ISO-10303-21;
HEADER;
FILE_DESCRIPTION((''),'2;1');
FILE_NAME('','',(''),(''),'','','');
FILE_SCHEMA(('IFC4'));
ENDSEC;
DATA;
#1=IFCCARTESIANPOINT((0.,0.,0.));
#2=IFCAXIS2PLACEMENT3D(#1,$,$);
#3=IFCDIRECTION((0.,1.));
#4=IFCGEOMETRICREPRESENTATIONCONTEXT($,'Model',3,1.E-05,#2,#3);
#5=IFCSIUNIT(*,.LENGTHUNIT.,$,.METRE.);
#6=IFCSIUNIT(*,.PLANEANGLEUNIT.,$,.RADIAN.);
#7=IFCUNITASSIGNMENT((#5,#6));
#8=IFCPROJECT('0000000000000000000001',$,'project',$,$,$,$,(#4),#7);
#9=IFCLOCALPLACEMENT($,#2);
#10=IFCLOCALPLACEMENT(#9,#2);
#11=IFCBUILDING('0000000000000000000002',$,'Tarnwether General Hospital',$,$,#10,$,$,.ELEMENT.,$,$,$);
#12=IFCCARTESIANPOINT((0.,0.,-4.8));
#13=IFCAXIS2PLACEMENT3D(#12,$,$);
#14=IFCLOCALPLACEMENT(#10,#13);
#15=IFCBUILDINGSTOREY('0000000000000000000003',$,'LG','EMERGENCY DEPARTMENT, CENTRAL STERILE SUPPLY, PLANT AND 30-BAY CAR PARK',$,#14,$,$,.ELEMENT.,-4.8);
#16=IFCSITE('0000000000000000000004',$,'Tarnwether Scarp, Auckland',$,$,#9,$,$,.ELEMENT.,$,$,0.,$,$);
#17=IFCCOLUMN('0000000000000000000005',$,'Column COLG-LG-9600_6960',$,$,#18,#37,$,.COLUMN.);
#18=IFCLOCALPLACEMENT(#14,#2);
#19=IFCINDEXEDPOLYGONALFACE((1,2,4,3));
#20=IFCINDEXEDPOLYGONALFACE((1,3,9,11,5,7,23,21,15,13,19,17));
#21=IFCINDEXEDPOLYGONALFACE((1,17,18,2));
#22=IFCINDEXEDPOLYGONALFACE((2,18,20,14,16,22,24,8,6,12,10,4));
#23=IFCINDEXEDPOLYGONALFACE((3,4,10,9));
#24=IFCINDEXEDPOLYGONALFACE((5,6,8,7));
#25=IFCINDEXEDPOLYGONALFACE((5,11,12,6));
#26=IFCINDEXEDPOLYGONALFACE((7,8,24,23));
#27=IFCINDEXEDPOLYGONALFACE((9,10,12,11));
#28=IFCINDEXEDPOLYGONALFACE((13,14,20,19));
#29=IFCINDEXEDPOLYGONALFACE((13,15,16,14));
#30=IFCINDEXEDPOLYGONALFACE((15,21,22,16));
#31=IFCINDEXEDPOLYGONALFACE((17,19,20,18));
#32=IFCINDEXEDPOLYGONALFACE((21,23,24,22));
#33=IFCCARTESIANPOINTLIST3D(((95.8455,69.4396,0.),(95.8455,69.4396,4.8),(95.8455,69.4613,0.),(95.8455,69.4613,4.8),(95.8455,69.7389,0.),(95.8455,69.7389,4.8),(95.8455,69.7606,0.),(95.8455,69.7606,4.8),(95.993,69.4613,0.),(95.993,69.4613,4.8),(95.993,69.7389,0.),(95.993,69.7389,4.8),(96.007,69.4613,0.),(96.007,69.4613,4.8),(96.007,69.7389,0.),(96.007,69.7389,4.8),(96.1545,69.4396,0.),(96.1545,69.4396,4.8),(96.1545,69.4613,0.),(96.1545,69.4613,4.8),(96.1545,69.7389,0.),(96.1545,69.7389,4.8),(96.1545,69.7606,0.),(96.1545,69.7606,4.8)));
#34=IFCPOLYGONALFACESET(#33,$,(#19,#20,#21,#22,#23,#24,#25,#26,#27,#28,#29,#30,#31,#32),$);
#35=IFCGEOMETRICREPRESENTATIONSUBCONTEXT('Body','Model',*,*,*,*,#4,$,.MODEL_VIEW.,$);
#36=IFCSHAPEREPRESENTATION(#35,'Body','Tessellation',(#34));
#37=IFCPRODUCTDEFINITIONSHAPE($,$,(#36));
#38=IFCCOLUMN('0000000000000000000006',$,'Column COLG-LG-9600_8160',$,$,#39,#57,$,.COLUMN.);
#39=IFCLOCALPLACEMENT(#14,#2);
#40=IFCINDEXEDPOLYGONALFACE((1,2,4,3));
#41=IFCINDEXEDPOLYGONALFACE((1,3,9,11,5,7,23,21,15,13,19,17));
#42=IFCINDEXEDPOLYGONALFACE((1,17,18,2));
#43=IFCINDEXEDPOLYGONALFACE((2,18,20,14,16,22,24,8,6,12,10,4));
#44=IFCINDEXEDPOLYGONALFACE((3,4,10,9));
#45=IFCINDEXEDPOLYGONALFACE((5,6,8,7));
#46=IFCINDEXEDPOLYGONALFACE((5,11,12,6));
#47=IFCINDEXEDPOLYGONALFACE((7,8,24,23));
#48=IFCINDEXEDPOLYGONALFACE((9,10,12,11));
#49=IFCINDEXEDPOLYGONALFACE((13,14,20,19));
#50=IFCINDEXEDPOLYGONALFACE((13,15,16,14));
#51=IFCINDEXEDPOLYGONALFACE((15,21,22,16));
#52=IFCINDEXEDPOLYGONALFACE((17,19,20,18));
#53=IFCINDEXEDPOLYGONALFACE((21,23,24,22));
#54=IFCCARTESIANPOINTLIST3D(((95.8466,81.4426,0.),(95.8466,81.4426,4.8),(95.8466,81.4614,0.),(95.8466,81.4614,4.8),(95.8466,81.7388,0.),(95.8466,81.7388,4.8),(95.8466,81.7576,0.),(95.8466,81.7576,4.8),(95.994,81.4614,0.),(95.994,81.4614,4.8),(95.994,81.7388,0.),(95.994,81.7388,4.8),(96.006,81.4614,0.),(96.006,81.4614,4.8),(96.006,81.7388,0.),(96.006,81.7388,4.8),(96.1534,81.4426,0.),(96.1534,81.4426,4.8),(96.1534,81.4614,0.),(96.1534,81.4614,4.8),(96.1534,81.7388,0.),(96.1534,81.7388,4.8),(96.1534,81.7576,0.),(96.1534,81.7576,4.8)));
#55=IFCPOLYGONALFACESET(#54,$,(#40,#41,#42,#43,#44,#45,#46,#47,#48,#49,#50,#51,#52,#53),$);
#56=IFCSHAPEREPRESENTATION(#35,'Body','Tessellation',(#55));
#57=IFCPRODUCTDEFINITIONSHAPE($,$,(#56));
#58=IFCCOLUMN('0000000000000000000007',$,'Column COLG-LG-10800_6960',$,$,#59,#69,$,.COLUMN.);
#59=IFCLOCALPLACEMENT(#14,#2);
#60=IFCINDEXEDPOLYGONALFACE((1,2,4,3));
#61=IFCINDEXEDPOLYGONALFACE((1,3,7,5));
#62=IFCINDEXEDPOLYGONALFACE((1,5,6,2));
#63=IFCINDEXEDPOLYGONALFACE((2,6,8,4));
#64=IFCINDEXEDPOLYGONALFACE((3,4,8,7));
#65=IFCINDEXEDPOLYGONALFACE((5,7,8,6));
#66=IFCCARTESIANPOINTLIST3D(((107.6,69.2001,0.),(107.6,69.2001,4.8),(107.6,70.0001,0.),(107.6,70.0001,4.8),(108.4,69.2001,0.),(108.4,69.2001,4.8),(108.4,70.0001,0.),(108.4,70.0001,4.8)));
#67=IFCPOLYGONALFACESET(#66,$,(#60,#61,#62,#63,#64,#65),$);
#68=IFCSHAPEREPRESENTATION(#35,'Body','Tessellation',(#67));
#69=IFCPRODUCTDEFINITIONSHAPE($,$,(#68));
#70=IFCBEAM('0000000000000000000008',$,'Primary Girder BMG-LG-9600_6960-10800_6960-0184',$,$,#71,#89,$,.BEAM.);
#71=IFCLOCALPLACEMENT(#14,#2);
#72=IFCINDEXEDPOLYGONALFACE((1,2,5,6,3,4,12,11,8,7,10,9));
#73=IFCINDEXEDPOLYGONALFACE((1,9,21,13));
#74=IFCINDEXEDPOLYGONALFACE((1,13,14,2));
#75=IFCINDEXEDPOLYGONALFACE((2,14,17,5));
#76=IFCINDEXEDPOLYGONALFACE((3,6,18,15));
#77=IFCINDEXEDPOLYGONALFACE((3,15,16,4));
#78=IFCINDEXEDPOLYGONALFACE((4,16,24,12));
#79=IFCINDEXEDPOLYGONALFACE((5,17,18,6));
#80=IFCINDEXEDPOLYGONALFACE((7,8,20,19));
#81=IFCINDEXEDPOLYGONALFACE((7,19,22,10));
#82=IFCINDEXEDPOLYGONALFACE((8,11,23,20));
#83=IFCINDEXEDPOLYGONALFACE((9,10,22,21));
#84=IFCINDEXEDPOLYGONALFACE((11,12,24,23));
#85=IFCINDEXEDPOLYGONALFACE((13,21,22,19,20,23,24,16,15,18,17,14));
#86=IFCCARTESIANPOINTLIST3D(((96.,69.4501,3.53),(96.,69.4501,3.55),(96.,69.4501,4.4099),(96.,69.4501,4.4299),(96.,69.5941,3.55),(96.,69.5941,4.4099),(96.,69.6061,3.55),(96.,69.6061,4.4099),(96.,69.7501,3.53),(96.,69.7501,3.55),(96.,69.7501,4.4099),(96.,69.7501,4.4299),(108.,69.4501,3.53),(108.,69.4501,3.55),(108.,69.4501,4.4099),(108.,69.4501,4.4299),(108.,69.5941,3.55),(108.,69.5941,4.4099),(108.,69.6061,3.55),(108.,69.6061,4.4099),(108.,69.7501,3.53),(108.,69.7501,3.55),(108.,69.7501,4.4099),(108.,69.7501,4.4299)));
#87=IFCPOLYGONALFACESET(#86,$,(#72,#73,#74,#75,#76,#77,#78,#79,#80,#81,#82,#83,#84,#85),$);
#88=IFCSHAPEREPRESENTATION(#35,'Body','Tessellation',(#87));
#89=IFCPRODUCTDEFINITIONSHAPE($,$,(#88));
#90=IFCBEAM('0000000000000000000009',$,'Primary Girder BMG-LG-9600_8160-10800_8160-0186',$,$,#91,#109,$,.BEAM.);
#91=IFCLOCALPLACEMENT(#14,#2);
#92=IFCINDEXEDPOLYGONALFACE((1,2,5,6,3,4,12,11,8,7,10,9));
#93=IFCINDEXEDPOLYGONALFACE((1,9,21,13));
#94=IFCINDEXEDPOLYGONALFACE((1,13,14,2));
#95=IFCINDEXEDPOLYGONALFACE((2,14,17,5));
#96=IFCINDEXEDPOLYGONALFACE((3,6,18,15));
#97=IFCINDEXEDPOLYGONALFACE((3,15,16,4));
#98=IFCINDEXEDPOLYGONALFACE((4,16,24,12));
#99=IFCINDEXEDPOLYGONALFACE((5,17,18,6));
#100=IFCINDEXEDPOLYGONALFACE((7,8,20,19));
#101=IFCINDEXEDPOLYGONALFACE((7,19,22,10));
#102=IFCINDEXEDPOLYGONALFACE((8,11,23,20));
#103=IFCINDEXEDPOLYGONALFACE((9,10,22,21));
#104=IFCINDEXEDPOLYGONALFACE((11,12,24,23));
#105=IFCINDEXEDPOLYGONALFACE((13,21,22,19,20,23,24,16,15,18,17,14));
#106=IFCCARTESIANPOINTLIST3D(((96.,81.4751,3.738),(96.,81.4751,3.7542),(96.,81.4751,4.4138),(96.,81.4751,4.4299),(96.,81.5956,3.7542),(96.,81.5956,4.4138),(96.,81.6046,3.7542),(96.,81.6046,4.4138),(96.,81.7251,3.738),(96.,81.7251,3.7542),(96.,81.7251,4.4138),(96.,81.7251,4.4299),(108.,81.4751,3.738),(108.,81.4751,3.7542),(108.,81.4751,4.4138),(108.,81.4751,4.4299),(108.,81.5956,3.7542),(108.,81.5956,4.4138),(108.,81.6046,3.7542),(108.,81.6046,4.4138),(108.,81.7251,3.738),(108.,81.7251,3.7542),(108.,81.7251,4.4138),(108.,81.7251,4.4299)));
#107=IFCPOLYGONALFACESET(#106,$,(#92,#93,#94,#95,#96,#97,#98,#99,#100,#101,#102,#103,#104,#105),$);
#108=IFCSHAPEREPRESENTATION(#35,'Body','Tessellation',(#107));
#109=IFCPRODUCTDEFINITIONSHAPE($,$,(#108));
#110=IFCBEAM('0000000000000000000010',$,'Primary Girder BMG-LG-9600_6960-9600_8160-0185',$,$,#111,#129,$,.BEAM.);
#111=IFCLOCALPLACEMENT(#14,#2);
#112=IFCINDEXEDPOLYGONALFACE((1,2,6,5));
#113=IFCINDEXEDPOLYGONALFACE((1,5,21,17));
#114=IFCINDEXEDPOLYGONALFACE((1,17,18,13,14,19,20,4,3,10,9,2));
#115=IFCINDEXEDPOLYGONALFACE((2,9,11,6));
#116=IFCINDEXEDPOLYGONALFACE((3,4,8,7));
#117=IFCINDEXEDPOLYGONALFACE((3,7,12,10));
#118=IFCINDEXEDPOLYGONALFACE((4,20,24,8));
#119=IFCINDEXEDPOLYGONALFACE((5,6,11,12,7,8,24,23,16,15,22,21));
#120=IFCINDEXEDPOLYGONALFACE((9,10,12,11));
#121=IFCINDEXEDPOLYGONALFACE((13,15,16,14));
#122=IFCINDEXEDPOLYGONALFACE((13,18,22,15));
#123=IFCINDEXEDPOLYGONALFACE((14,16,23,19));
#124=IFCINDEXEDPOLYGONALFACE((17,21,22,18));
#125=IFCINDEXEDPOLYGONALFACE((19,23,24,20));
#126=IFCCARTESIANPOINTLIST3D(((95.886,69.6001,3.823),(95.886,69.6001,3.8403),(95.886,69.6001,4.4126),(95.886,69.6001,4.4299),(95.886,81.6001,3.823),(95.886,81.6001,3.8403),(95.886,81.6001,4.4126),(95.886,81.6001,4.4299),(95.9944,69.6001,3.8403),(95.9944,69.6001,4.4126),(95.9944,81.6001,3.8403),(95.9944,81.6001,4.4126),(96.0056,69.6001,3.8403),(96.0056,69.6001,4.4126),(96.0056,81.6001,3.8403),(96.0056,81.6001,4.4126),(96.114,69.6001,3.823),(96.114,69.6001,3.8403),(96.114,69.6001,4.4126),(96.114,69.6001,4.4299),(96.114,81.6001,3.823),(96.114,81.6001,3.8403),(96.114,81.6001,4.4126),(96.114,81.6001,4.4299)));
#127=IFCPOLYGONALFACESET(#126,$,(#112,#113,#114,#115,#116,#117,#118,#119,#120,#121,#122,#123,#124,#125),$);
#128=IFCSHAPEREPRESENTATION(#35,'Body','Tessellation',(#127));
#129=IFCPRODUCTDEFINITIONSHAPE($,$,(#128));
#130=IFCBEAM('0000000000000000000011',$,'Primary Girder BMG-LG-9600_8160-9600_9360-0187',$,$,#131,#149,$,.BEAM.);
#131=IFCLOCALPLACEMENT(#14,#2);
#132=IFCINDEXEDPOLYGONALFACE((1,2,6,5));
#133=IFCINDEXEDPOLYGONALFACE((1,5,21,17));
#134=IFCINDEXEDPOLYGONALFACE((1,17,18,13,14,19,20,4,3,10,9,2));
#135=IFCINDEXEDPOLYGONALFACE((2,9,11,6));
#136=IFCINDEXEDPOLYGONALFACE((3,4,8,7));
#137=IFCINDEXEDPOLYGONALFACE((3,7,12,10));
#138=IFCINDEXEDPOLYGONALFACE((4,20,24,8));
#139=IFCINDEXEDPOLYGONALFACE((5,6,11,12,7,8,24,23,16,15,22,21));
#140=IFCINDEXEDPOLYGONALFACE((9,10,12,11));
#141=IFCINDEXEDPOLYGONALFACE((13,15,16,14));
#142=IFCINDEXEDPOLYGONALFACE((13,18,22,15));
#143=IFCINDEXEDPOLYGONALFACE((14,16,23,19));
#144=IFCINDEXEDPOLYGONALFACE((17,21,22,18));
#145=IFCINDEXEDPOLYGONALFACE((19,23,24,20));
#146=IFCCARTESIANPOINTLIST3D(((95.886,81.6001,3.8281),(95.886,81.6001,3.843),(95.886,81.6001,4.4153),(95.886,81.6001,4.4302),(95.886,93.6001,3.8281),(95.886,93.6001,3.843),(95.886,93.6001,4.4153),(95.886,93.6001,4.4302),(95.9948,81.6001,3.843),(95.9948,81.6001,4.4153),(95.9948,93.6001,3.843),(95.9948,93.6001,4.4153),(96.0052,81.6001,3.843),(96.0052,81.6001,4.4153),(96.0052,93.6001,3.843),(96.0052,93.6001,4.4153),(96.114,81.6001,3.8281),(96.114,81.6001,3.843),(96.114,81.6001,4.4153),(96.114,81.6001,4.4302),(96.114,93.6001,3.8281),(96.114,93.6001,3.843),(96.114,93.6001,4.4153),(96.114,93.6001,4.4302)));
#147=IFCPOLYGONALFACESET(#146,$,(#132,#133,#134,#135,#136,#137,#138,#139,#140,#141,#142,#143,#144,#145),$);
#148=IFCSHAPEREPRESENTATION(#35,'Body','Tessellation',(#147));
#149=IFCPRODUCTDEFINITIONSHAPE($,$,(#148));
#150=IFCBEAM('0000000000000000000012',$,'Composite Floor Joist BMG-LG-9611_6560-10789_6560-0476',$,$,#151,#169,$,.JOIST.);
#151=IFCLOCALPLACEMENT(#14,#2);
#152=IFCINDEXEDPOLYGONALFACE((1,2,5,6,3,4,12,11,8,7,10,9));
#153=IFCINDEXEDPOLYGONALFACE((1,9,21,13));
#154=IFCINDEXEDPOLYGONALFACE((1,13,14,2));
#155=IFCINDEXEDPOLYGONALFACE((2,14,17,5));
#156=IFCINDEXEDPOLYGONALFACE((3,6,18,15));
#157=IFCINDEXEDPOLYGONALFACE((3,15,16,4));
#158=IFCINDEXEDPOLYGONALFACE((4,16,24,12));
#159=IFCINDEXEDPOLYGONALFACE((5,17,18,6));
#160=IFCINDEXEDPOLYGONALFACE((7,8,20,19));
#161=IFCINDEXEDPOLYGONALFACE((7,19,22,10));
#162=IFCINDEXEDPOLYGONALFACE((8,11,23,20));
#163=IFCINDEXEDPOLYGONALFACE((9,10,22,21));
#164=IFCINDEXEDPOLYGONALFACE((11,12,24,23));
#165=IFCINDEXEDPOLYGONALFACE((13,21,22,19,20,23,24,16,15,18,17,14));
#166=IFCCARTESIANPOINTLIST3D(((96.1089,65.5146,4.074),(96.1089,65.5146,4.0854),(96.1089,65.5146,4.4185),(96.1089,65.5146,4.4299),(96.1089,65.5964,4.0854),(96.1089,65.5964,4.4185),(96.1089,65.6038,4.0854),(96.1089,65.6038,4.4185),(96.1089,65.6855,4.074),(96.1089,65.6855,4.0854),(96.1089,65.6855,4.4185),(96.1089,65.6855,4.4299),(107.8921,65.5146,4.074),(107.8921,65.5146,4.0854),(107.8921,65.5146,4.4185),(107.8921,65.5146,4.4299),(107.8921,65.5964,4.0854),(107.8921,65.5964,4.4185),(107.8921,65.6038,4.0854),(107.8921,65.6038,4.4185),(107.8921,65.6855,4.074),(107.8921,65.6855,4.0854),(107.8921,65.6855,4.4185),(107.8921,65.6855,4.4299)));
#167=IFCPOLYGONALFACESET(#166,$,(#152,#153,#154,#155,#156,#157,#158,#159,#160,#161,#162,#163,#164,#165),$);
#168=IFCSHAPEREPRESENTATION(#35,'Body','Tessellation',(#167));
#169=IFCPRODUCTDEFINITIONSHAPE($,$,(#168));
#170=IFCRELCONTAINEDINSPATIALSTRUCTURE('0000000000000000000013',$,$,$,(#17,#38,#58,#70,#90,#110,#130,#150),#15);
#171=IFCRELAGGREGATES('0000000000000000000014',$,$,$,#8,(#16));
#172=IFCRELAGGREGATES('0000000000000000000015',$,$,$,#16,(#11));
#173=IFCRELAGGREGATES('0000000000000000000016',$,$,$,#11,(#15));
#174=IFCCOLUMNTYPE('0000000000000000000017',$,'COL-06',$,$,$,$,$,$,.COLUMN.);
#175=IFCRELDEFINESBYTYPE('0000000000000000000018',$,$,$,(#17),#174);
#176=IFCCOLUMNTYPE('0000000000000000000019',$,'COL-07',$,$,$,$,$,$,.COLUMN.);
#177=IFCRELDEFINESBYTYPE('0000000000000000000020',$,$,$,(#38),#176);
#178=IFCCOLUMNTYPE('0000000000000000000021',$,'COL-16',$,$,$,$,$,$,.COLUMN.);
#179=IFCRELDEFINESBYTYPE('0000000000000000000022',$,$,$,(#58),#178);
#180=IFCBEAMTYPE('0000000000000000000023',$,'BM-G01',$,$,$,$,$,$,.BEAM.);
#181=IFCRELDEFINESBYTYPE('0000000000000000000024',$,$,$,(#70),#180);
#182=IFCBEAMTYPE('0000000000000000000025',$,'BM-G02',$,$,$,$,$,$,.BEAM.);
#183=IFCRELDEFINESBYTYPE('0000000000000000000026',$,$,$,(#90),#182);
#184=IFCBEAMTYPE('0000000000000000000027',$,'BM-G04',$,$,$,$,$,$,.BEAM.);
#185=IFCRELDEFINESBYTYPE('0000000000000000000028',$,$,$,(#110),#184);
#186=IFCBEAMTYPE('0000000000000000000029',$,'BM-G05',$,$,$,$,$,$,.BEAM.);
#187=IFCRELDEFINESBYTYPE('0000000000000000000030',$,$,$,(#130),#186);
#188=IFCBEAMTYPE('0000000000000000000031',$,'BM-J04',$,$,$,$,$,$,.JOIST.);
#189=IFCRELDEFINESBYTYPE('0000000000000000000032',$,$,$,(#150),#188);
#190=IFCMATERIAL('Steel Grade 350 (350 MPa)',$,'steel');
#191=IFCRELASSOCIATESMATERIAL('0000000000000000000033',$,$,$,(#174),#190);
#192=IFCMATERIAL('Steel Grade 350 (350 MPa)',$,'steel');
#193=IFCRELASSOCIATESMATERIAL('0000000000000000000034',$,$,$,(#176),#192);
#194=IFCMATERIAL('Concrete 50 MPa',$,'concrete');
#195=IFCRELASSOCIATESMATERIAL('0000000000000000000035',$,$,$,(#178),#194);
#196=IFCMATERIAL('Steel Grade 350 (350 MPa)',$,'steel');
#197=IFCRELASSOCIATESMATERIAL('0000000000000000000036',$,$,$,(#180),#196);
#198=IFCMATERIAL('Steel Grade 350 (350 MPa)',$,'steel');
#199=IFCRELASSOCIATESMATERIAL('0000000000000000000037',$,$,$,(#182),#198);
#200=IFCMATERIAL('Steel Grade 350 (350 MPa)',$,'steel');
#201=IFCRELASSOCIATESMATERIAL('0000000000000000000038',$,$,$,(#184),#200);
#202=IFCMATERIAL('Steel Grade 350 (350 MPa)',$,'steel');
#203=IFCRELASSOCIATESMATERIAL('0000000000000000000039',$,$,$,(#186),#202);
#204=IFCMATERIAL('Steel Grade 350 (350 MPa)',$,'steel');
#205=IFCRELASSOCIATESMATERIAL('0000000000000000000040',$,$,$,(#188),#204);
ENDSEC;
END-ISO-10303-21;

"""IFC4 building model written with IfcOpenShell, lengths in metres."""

from ifc_helpers import new_model, si_unit, direction, frame, origin, origin_2d, place, context, subcontext, project, spatial, rectangle, i_section, extrude, material, material_profile, profile_set, type_object, element, save


model = new_model("IFC4")

# Units and contexts
model_context = context("Model", 3, precision=1e-05, world=origin(), true_north=direction((0.0, 1.0)))
body_context = subcontext(model_context, "Body", "Model", "MODEL_VIEW")
ifc_project = project(units=[si_unit("LENGTHUNIT", "METRE"), si_unit("PLANEANGLEUNIT", "RADIAN")], contexts=[model_context])

# Site, building, storey
site_placement = place(None, origin())
site = spatial("IfcSite", under=ifc_project, at=site_placement, Name="Tarnwether Scarp, Auckland", CompositionType="ELEMENT", RefElevation=0.0)
building_placement = place(site_placement, origin())
building = spatial("IfcBuilding", under=site, at=building_placement, Name="Tarnwether General Hospital", CompositionType="ELEMENT")
storey_placement = place(building_placement, frame((0.0, 0.0, -4.8)))
storey = spatial("IfcBuildingStorey", under=building, at=storey_placement, Name="LG", Description="EMERGENCY DEPARTMENT, CENTRAL STERILE SUPPLY, PLANT AND 30-BAY CAR PARK", CompositionType="ELEMENT", Elevation=-4.8)

# Columns
ifc_material_1 = material(Name="Steel Grade 350 (350 MPa)", Category="steel")
ifc_material_profile_1 = material_profile(ifc_material_1, i_section(OverallWidth=0.3091, OverallDepth=0.321, WebThickness=0.0139, FlangeThickness=0.0217, at=origin_2d()), Name="310UC137")
ifc_profile_set_1 = profile_set([ifc_material_profile_1], Name="Steel Grade 350 (350 MPa)")
column_type_1 = type_object("IfcColumnType", Name="COL-06", PredefinedType="COLUMN", material=ifc_profile_set_1)
column_1_placement = place(storey_placement, frame((96.0, 69.6001, 0.0), z_axis=(0.0, 0.0, 1.0), x_axis=(1.0, 0.0, 0.0)))
element("IfcColumn", 1, at=column_1_placement, inside=storey, type_object=column_type_1, Name="Column COLG-LG-9600_6960", PredefinedType="COLUMN", context=body_context, shape_type="SweptSolid", body=[
    extrude(i_section(OverallWidth=0.3091, OverallDepth=0.321, WebThickness=0.0139, FlangeThickness=0.0217, at=origin_2d()), origin(), (0.0, 0.0, 1.0), 4.8),
])
ifc_material_2 = material(Name="Steel Grade 350 (350 MPa)", Category="steel")
ifc_material_profile_2 = material_profile(ifc_material_2, i_section(OverallWidth=0.3069, OverallDepth=0.3149, WebThickness=0.012, FlangeThickness=0.0188, at=origin_2d()), Name="310UC118")
ifc_profile_set_2 = profile_set([ifc_material_profile_2], Name="Steel Grade 350 (350 MPa)")
column_type_2 = type_object("IfcColumnType", Name="COL-07", PredefinedType="COLUMN", material=ifc_profile_set_2)
column_2_placement = place(storey_placement, frame((96.0, 81.6001, 0.0), z_axis=(0.0, 0.0, 1.0), x_axis=(1.0, 0.0, 0.0)))
element("IfcColumn", 2, at=column_2_placement, inside=storey, type_object=column_type_2, Name="Column COLG-LG-9600_8160", PredefinedType="COLUMN", context=body_context, shape_type="SweptSolid", body=[
    extrude(i_section(OverallWidth=0.3069, OverallDepth=0.3149, WebThickness=0.012, FlangeThickness=0.0188, at=origin_2d()), origin(), (0.0, 0.0, 1.0), 4.8),
])
ifc_material_3 = material(Name="Concrete 50 MPa", Category="concrete")
ifc_material_profile_3 = material_profile(ifc_material_3, rectangle(XDim=0.8, YDim=0.8, at=origin_2d()), Name="RC-COL-800x800")
ifc_profile_set_3 = profile_set([ifc_material_profile_3], Name="Concrete 50 MPa")
column_type_3 = type_object("IfcColumnType", Name="COL-16", PredefinedType="COLUMN", material=ifc_profile_set_3)
column_3_placement = place(storey_placement, frame((108.0, 69.6001, 0.0), z_axis=(0.0, 0.0, 1.0), x_axis=(0.0, 1.0, 0.0)))
element("IfcColumn", 3, at=column_3_placement, inside=storey, type_object=column_type_3, Name="Column COLG-LG-10800_6960", PredefinedType="COLUMN", context=body_context, shape_type="SweptSolid", body=[
    extrude(rectangle(XDim=0.8, YDim=0.8, at=origin_2d()), origin(), (0.0, 0.0, 1.0), 4.8),
])

# Beams
ifc_material_4 = material(Name="Steel Grade 350 (350 MPa)", Category="steel")
ifc_material_profile_4 = material_profile(ifc_material_4, i_section(OverallWidth=0.3, OverallDepth=0.8999, WebThickness=0.012, FlangeThickness=0.02, at=origin_2d()), Name="900WB175")
ifc_profile_set_4 = profile_set([ifc_material_profile_4], Name="Steel Grade 350 (350 MPa)")
beam_type_1 = type_object("IfcBeamType", Name="BM-G01", PredefinedType="BEAM", material=ifc_profile_set_4)
beam_1_placement = place(storey_placement, frame((96.0, 69.6001, 3.98), z_axis=(1.0, 0.0, 0.0), x_axis=(0.0, 1.0, 0.0)))
element("IfcBeam", 4, at=beam_1_placement, inside=storey, type_object=beam_type_1, Name="Primary Girder BMG-LG-9600_6960-10800_6960-0184", PredefinedType="BEAM", context=body_context, shape_type="SweptSolid", body=[
    extrude(i_section(OverallWidth=0.3, OverallDepth=0.8999, WebThickness=0.012, FlangeThickness=0.02, at=origin_2d()), origin(), (0.0, 0.0, 1.0), 12.0),
])
ifc_material_5 = material(Name="Steel Grade 350 (350 MPa)", Category="steel")
ifc_material_profile_5 = material_profile(ifc_material_5, i_section(OverallWidth=0.25, OverallDepth=0.6919, WebThickness=0.009, FlangeThickness=0.0161, at=origin_2d()), Name="700WB115")
ifc_profile_set_5 = profile_set([ifc_material_profile_5], Name="Steel Grade 350 (350 MPa)")
beam_type_2 = type_object("IfcBeamType", Name="BM-G02", PredefinedType="BEAM", material=ifc_profile_set_5)
beam_2_placement = place(storey_placement, frame((96.0, 81.6001, 4.084), z_axis=(1.0, 0.0, 0.0), x_axis=(0.0, 1.0, 0.0)))
element("IfcBeam", 5, at=beam_2_placement, inside=storey, type_object=beam_type_2, Name="Primary Girder BMG-LG-9600_8160-10800_8160-0186", PredefinedType="BEAM", context=body_context, shape_type="SweptSolid", body=[
    extrude(i_section(OverallWidth=0.25, OverallDepth=0.6919, WebThickness=0.009, FlangeThickness=0.0161, at=origin_2d()), origin(), (0.0, 0.0, 1.0), 12.0),
])
ifc_material_6 = material(Name="Steel Grade 350 (350 MPa)", Category="steel")
ifc_material_profile_6 = material_profile(ifc_material_6, i_section(OverallWidth=0.228, OverallDepth=0.6069, WebThickness=0.0112, FlangeThickness=0.0173, at=origin_2d()), Name="610UB113")
ifc_profile_set_6 = profile_set([ifc_material_profile_6], Name="Steel Grade 350 (350 MPa)")
beam_type_3 = type_object("IfcBeamType", Name="BM-G04", PredefinedType="BEAM", material=ifc_profile_set_6)
beam_3_placement = place(storey_placement, frame((96.0, 69.6001, 4.1265), z_axis=(0.0, 1.0, 0.0), x_axis=(-1.0, 0.0, 0.0)))
element("IfcBeam", 6, at=beam_3_placement, inside=storey, type_object=beam_type_3, Name="Primary Girder BMG-LG-9600_6960-9600_8160-0185", PredefinedType="BEAM", context=body_context, shape_type="SweptSolid", body=[
    extrude(i_section(OverallWidth=0.228, OverallDepth=0.6069, WebThickness=0.0112, FlangeThickness=0.0173, at=origin_2d()), origin(), (0.0, 0.0, 1.0), 12.0),
])
ifc_material_7 = material(Name="Steel Grade 350 (350 MPa)", Category="steel")
ifc_material_profile_7 = material_profile(ifc_material_7, i_section(OverallWidth=0.228, OverallDepth=0.6021, WebThickness=0.0105, FlangeThickness=0.0149, at=origin_2d()), Name="610UB101")
ifc_profile_set_7 = profile_set([ifc_material_profile_7], Name="Steel Grade 350 (350 MPa)")
beam_type_4 = type_object("IfcBeamType", Name="BM-G05", PredefinedType="BEAM", material=ifc_profile_set_7)
beam_4_placement = place(storey_placement, frame((96.0, 81.6001, 4.1292), z_axis=(0.0, 1.0, 0.0), x_axis=(-1.0, 0.0, 0.0)))
element("IfcBeam", 7, at=beam_4_placement, inside=storey, type_object=beam_type_4, Name="Primary Girder BMG-LG-9600_8160-9600_9360-0187", PredefinedType="BEAM", context=body_context, shape_type="SweptSolid", body=[
    extrude(i_section(OverallWidth=0.228, OverallDepth=0.6021, WebThickness=0.0105, FlangeThickness=0.0149, at=origin_2d()), origin(), (0.0, 0.0, 1.0), 12.0),
])
ifc_material_8 = material(Name="Steel Grade 350 (350 MPa)", Category="steel")
ifc_material_profile_8 = material_profile(ifc_material_8, i_section(OverallWidth=0.1709, OverallDepth=0.356, WebThickness=0.0073, FlangeThickness=0.0115, at=origin_2d()), Name="360UB50.7")
ifc_profile_set_8 = profile_set([ifc_material_profile_8], Name="Steel Grade 350 (350 MPa)")
beam_type_5 = type_object("IfcBeamType", Name="BM-J04", PredefinedType="JOIST", material=ifc_profile_set_8)
beam_5_placement = place(storey_placement, frame((96.1089, 65.6001, 4.252), z_axis=(1.0, 0.0, 0.0), x_axis=(0.0, 1.0, 0.0)))
element("IfcBeam", 8, at=beam_5_placement, inside=storey, type_object=beam_type_5, Name="Composite Floor Joist BMG-LG-9611_6560-10789_6560-0476", PredefinedType="JOIST", context=body_context, shape_type="SweptSolid", body=[
    extrude(i_section(OverallWidth=0.1709, OverallDepth=0.356, WebThickness=0.0073, FlangeThickness=0.0115, at=origin_2d()), origin(), (0.0, 0.0, 1.0), 11.7832),
])

save(model, "model.ifc")
